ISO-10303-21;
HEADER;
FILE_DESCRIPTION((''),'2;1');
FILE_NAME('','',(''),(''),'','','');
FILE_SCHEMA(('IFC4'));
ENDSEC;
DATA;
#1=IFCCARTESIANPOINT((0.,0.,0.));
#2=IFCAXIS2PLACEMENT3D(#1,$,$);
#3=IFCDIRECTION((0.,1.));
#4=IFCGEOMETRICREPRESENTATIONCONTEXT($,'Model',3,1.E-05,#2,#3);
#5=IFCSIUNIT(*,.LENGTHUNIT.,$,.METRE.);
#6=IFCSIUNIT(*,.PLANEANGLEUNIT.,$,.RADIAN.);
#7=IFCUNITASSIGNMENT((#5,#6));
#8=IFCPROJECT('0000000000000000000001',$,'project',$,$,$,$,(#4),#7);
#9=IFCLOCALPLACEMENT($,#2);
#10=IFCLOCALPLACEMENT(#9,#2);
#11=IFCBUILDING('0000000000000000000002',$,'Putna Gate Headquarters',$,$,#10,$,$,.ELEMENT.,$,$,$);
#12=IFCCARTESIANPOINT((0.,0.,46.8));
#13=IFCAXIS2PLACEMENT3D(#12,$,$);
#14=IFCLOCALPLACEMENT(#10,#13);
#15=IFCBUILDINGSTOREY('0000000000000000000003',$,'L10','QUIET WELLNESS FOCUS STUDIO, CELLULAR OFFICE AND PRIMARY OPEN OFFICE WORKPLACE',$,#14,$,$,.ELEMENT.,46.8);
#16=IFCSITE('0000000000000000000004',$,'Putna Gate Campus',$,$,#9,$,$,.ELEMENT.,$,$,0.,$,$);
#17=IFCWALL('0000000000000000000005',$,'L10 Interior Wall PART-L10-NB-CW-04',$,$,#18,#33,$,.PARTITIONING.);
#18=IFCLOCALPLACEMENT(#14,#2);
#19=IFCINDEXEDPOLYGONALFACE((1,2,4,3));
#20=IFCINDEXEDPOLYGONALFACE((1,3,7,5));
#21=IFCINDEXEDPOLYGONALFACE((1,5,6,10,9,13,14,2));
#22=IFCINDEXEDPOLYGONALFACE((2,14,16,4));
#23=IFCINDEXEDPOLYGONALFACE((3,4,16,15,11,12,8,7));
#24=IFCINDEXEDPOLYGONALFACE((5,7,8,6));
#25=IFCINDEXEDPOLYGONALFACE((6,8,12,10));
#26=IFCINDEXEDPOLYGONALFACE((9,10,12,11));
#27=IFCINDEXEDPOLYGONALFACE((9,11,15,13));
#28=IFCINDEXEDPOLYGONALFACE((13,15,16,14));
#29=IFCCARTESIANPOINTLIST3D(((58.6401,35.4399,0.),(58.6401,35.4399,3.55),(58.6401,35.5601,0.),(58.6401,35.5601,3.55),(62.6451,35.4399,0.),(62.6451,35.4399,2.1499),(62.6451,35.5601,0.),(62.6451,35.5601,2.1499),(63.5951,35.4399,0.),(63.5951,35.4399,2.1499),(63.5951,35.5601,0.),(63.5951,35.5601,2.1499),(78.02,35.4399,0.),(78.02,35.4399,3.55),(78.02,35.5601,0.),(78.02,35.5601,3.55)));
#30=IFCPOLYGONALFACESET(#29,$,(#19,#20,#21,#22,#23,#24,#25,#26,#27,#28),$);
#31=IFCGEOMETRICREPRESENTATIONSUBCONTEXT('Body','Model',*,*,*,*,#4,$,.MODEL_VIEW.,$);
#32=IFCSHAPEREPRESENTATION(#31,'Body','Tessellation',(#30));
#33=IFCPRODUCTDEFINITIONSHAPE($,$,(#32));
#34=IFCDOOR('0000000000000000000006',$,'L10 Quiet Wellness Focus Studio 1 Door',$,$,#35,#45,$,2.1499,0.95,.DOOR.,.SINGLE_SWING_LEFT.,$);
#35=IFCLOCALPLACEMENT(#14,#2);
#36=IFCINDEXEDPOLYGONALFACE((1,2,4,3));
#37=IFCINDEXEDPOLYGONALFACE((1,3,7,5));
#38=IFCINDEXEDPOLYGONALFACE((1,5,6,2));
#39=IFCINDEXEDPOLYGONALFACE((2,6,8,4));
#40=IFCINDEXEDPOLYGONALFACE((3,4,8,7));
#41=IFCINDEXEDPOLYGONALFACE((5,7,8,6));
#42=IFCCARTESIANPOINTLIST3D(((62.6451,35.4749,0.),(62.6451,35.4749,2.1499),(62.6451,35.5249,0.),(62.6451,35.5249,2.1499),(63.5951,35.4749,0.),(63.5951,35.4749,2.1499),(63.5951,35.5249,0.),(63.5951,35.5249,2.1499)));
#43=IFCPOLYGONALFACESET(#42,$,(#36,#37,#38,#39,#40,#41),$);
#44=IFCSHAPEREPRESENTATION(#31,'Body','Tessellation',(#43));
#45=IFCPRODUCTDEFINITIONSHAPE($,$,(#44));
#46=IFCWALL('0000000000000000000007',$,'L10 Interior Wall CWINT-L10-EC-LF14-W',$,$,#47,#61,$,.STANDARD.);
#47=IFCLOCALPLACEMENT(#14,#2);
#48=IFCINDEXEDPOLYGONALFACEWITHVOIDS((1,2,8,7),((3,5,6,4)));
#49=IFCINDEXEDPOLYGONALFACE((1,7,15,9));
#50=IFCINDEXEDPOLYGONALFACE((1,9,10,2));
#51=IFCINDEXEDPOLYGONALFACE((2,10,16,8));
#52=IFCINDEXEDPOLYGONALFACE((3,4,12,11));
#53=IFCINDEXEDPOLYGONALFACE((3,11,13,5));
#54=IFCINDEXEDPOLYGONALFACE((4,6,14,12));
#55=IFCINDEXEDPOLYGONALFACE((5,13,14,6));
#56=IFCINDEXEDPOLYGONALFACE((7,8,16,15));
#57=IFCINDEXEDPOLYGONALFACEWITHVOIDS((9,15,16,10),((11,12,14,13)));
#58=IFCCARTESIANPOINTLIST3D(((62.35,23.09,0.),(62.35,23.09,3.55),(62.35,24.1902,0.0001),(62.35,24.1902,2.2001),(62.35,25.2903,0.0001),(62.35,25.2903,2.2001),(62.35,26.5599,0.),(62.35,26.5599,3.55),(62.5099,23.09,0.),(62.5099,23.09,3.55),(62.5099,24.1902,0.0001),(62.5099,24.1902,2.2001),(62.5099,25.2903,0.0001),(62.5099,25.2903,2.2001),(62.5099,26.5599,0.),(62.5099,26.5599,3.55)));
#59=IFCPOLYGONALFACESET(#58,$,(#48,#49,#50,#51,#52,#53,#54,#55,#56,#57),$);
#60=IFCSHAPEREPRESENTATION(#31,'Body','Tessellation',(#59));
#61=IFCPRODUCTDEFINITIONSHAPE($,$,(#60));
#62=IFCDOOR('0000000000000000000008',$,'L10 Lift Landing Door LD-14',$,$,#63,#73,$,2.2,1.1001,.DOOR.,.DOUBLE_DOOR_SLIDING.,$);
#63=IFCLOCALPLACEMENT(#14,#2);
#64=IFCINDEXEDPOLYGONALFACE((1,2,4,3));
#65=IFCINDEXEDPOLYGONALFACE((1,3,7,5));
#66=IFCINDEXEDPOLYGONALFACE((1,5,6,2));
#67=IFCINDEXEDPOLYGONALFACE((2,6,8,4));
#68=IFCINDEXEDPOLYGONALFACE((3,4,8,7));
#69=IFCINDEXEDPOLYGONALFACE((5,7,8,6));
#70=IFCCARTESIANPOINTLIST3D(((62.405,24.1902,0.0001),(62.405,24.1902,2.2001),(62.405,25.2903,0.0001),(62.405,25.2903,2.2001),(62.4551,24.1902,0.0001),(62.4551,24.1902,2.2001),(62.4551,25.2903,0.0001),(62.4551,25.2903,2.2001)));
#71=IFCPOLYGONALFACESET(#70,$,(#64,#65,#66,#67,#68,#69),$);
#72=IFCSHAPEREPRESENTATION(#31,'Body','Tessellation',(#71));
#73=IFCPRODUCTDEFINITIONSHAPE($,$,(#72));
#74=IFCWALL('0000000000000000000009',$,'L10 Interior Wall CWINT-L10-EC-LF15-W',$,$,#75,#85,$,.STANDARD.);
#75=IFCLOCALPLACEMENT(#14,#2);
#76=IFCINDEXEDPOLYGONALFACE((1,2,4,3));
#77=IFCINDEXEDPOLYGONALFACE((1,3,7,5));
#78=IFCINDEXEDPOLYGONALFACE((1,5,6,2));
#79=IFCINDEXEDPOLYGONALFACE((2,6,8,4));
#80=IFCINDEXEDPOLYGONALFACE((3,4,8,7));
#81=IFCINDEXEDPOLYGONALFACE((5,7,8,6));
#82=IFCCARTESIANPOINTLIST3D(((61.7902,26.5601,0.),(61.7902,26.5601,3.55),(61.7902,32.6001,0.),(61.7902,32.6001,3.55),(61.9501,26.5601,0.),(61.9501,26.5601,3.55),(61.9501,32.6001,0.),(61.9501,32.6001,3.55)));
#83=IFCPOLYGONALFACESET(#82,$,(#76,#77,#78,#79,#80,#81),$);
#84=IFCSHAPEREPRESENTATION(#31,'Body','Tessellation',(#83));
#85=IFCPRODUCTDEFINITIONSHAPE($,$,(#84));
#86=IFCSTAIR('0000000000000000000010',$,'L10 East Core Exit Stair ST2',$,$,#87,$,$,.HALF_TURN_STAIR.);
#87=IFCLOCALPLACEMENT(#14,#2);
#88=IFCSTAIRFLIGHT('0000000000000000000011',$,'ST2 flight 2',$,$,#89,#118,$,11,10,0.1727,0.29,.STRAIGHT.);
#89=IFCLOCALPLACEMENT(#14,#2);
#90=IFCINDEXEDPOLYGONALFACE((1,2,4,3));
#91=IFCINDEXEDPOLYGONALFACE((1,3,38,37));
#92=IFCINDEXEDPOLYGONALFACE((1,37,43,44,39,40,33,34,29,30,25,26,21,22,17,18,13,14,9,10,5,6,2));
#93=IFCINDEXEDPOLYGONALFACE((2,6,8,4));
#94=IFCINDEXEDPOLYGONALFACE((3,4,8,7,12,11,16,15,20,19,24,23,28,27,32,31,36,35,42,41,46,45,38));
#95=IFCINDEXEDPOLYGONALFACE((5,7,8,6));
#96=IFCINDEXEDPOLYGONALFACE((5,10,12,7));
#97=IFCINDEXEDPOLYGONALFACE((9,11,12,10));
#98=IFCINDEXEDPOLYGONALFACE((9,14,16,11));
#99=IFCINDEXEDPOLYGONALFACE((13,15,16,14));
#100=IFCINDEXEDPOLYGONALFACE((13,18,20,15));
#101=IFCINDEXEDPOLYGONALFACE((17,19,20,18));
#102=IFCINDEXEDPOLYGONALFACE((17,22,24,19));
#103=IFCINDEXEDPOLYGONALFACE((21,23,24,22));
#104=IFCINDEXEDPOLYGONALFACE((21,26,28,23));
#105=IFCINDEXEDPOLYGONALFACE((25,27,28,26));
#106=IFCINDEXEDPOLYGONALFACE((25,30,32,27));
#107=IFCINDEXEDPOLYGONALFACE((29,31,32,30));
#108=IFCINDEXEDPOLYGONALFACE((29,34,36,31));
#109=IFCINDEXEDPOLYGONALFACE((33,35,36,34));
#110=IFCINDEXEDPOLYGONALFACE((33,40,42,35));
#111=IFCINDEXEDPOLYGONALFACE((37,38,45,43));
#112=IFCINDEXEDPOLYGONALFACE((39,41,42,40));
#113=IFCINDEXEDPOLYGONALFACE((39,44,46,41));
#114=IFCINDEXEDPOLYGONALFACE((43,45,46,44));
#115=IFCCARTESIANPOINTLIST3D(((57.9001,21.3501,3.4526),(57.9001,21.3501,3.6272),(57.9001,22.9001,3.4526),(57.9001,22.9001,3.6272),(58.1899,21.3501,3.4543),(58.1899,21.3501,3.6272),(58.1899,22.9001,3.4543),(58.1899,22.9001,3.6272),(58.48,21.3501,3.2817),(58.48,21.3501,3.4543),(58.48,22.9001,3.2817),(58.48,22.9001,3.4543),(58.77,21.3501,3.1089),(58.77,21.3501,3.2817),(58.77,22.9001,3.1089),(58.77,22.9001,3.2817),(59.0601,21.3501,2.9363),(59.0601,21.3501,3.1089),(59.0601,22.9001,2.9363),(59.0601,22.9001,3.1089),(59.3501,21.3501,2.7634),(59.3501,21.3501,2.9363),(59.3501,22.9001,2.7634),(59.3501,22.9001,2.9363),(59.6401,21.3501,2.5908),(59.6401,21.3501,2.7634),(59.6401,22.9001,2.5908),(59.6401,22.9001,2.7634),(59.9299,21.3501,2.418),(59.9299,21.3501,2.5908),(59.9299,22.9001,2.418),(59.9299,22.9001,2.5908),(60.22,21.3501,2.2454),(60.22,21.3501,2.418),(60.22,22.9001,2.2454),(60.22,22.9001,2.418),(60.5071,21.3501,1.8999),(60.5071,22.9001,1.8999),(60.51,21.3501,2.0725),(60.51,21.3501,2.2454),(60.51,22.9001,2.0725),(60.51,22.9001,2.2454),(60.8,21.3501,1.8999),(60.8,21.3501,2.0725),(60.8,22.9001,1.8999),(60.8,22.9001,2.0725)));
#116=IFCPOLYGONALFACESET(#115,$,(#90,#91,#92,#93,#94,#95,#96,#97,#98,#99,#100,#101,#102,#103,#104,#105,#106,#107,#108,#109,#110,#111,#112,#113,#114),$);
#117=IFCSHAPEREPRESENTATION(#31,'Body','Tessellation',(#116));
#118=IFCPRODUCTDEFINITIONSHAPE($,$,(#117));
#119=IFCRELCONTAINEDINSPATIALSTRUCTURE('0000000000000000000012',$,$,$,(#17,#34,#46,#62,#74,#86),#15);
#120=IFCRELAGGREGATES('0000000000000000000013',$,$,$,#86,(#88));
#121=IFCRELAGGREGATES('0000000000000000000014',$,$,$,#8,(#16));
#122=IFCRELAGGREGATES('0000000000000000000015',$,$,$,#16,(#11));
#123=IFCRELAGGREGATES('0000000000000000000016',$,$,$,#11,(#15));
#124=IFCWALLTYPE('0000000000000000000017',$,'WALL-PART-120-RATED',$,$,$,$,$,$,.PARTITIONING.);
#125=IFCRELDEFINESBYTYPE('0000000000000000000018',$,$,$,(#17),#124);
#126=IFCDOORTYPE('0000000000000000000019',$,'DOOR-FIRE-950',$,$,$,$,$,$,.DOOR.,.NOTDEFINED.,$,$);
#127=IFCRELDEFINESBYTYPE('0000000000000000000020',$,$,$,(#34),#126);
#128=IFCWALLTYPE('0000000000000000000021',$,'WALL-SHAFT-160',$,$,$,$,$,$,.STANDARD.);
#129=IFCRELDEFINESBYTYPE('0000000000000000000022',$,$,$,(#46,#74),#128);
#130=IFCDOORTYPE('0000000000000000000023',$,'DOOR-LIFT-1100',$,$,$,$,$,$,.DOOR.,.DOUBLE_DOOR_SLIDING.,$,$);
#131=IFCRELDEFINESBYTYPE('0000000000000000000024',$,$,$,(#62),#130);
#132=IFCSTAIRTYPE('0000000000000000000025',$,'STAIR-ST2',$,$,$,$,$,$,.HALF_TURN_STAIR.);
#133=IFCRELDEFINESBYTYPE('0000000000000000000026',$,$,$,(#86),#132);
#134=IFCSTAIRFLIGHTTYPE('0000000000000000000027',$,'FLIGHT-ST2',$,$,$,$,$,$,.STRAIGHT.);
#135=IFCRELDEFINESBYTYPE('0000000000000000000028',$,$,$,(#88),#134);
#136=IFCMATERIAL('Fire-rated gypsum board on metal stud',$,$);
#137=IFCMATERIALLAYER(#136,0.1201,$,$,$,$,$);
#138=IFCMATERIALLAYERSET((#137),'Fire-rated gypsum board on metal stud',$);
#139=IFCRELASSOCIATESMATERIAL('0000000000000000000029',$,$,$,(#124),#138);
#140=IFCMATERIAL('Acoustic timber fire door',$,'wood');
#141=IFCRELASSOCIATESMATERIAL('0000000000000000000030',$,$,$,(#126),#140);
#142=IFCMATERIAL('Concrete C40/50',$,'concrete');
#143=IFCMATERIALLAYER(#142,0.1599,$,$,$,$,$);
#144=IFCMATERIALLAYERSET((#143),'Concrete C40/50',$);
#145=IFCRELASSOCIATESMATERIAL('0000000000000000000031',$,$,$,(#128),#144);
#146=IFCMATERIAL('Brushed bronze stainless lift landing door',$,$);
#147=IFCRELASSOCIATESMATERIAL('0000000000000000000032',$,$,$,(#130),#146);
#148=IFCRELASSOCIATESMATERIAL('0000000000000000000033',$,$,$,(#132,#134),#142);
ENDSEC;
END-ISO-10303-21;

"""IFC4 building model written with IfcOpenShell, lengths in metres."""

from ifc_helpers import new_model, si_unit, direction, frame, frame_2d, origin, place, context, subcontext, project, spatial, polyline, rectangle, outline, extrude, material, layer, layer_set, type_object, element, fill, aggregate, save


model = new_model("IFC4")

# Units and contexts
model_context = context("Model", 3, precision=1e-05, world=origin(), true_north=direction((0.0, 1.0)))
body_context = subcontext(model_context, "Body", "Model", "MODEL_VIEW")
ifc_project = project(units=[si_unit("LENGTHUNIT", "METRE"), si_unit("PLANEANGLEUNIT", "RADIAN")], contexts=[model_context])

# Site, building, storey
site_placement = place(None, origin())
site = spatial("IfcSite", under=ifc_project, at=site_placement, Name="Putna Gate Campus", CompositionType="ELEMENT", RefElevation=0.0)
building_placement = place(site_placement, origin())
building = spatial("IfcBuilding", under=site, at=building_placement, Name="Putna Gate Headquarters", CompositionType="ELEMENT")
storey_placement = place(building_placement, frame((0.0, 0.0, 46.8)))
storey = spatial("IfcBuildingStorey", under=building, at=storey_placement, Name="L10", Description="QUIET WELLNESS FOCUS STUDIO, CELLULAR OFFICE AND PRIMARY OPEN OFFICE WORKPLACE", CompositionType="ELEMENT", Elevation=46.8)

# Shared definitions
ifc_material_1 = material(Name="Fire-rated gypsum board on metal stud")
ifc_layer_1 = layer(ifc_material_1, 0.1201)
ifc_layer_set_1 = layer_set([ifc_layer_1], Name="Fire-rated gypsum board on metal stud")
wall_type_1 = type_object("IfcWallType", Name="WALL-PART-120-RATED", PredefinedType="PARTITIONING", material=ifc_layer_set_1)

# Walls, openings, doors
wall_1_placement = place(storey_placement, frame((58.6401, 35.5, 0.0), z_axis=(0.0, 0.0, 1.0), x_axis=(1.0, 0.0, 0.0)))
wall_1 = element("IfcWall", 1, at=wall_1_placement, inside=storey, type_object=wall_type_1, Name="L10 Interior Wall PART-L10-NB-CW-04", PredefinedType="PARTITIONING", context=body_context, shape_type="SweptSolid", body=[
    extrude(rectangle(XDim=19.3799, YDim=0.1201, at=frame_2d((9.6899, 0.0))), origin(), (0.0, 0.0, 1.0), 3.55),
])
opening_1_placement = place(wall_1_placement, frame((4.0049, 0.0, 0.0)))
opening_1 = element("IfcOpeningElement", 2, at=opening_1_placement, cuts=wall_1, PredefinedType="OPENING", context=body_context, shape_type="SweptSolid", body=[
    extrude(rectangle(XDim=0.95, YDim=2.1499, at=frame_2d((0.4751, 1.075))), frame((0.0, 0.0701, 0.0), z_axis=(0.0, -1.0, 0.0), x_axis=(1.0, 0.0, 0.0)), (0.0, 0.0, 1.0), 0.1401),
])
ifc_material_2 = material(Name="Acoustic timber fire door", Category="wood")
door_type_1 = type_object("IfcDoorType", Name="DOOR-FIRE-950", OperationType="NOTDEFINED", PredefinedType="DOOR", material=ifc_material_2)
door_1_placement = place(opening_1_placement, origin())
door_1 = element("IfcDoor", 3, at=door_1_placement, inside=storey, type_object=door_type_1, Name="L10 Quiet Wellness Focus Studio 1 Door", OperationType="SINGLE_SWING_LEFT", OverallHeight=2.1499, OverallWidth=0.95, PredefinedType="DOOR", context=body_context, shape_type="SweptSolid", body=[
    extrude(rectangle(XDim=0.95, YDim=2.1499, at=frame_2d((0.4751, 1.075))), frame((0.0, 0.0249, 0.0), z_axis=(0.0, -1.0, 0.0), x_axis=(1.0, 0.0, 0.0)), (0.0, 0.0, 1.0), 0.05),
])
fill(opening_1, door_1)
ifc_material_3 = material(Name="Concrete C40/50", Category="concrete")
ifc_layer_2 = layer(ifc_material_3, 0.1599)
ifc_layer_set_2 = layer_set([ifc_layer_2], Name="Concrete C40/50")
wall_type_2 = type_object("IfcWallType", Name="WALL-SHAFT-160", PredefinedType="STANDARD", material=ifc_layer_set_2)
wall_2_placement = place(storey_placement, frame((62.4299, 23.0901, 0.0), z_axis=(0.0, 0.0, 1.0), x_axis=(0.0, 1.0, 0.0)))
wall_2 = element("IfcWall", 4, at=wall_2_placement, inside=storey, type_object=wall_type_2, Name="L10 Interior Wall CWINT-L10-EC-LF14-W", PredefinedType="STANDARD", context=body_context, shape_type="SweptSolid", body=[
    extrude(rectangle(XDim=3.47, YDim=0.1599, at=frame_2d((1.7349, 0.0))), origin(), (0.0, 0.0, 1.0), 3.55),
])
opening_2_placement = place(wall_2_placement, frame((1.1001, 0.0, 0.0)))
opening_2 = element("IfcOpeningElement", 5, at=opening_2_placement, cuts=wall_2, PredefinedType="OPENING", context=body_context, shape_type="SweptSolid", body=[
    extrude(rectangle(XDim=1.1001, YDim=2.2, at=frame_2d((0.55, 1.1001))), frame((0.0, 0.0898, 0.0), z_axis=(0.0, -1.0, 0.0), x_axis=(1.0, 0.0, 0.0)), (0.0, 0.0, 1.0), 0.1799),
])
ifc_material_4 = material(Name="Brushed bronze stainless lift landing door")
door_type_2 = type_object("IfcDoorType", Name="DOOR-LIFT-1100", OperationType="DOUBLE_DOOR_SLIDING", PredefinedType="DOOR", material=ifc_material_4)
door_2_placement = place(opening_2_placement, origin())
door_2 = element("IfcDoor", 6, at=door_2_placement, inside=storey, type_object=door_type_2, Name="L10 Lift Landing Door LD-14", OperationType="DOUBLE_DOOR_SLIDING", OverallHeight=2.2, OverallWidth=1.1001, PredefinedType="DOOR", context=body_context, shape_type="SweptSolid", body=[
    extrude(rectangle(XDim=1.1001, YDim=2.2, at=frame_2d((0.55, 1.1001))), frame((0.0, 0.0249, 0.0), z_axis=(0.0, -1.0, 0.0), x_axis=(1.0, 0.0, 0.0)), (0.0, 0.0, 1.0), 0.05),
])
fill(opening_2, door_2)

# Wall
wall_3_placement = place(storey_placement, frame((61.8701, 26.5601, 0.0), z_axis=(0.0, 0.0, 1.0), x_axis=(0.0, 1.0, 0.0)))
element("IfcWall", 7, at=wall_3_placement, inside=storey, type_object=wall_type_2, Name="L10 Interior Wall CWINT-L10-EC-LF15-W", PredefinedType="STANDARD", context=body_context, shape_type="SweptSolid", body=[
    extrude(rectangle(XDim=6.04, YDim=0.1599, at=frame_2d((3.02, 0.0))), origin(), (0.0, 0.0, 1.0), 3.55),
])

# Stair, stair flight
stair_type = type_object("IfcStairType", Name="STAIR-ST2", PredefinedType="HALF_TURN_STAIR", material=ifc_material_3)
stair_placement = place(storey_placement, origin())
stair = element("IfcStair", 8, at=stair_placement, inside=storey, type_object=stair_type, Name="L10 East Core Exit Stair ST2", PredefinedType="HALF_TURN_STAIR")
stair_flight_type = type_object("IfcStairFlightType", Name="FLIGHT-ST2", PredefinedType="STRAIGHT", material=ifc_material_3)
stair_flight_placement = place(storey_placement, frame((60.8, 22.125, 1.8999), z_axis=(0.0, 0.0, 1.0), x_axis=(-1.0, 0.0, 0.0)))
stair_flight = element("IfcStairFlight", 9, at=stair_flight_placement, type_object=stair_flight_type, Name="ST2 flight 2", NumberOfRisers=11, NumberOfTreads=10, PredefinedType="STRAIGHT", RiserHeight=0.1727, TreadLength=0.29, context=body_context, shape_type="SweptSolid", body=[
    extrude(outline(polyline([(0.0, 0.0), (0.0, 0.1726), (0.29, 0.1726), (0.29, 0.3455), (0.5801, 0.3455), (0.5801, 0.5181), (0.8701, 0.5181), (0.8701, 0.6909), (1.1599, 0.6909), (1.1599, 0.8635), (1.45, 0.8635), (1.45, 1.0364), (1.74, 1.0364), (1.74, 1.209), (2.03, 1.209), (2.03, 1.3818), (2.3201, 1.3818), (2.3201, 1.5544), (2.6101, 1.5544), (2.6101, 1.7273), (2.8999, 1.7273), (2.8999, 1.8999), (2.8999, 1.5527), (0.293, 0.0), (0.0, 0.0)])), frame((0.0, 0.7749, 0.0), z_axis=(0.0, -1.0, 0.0), x_axis=(1.0, 0.0, 0.0)), (0.0, 0.0, 1.0), 1.55),
])
aggregate(stair, [stair_flight])

save(model, "model.ifc")
